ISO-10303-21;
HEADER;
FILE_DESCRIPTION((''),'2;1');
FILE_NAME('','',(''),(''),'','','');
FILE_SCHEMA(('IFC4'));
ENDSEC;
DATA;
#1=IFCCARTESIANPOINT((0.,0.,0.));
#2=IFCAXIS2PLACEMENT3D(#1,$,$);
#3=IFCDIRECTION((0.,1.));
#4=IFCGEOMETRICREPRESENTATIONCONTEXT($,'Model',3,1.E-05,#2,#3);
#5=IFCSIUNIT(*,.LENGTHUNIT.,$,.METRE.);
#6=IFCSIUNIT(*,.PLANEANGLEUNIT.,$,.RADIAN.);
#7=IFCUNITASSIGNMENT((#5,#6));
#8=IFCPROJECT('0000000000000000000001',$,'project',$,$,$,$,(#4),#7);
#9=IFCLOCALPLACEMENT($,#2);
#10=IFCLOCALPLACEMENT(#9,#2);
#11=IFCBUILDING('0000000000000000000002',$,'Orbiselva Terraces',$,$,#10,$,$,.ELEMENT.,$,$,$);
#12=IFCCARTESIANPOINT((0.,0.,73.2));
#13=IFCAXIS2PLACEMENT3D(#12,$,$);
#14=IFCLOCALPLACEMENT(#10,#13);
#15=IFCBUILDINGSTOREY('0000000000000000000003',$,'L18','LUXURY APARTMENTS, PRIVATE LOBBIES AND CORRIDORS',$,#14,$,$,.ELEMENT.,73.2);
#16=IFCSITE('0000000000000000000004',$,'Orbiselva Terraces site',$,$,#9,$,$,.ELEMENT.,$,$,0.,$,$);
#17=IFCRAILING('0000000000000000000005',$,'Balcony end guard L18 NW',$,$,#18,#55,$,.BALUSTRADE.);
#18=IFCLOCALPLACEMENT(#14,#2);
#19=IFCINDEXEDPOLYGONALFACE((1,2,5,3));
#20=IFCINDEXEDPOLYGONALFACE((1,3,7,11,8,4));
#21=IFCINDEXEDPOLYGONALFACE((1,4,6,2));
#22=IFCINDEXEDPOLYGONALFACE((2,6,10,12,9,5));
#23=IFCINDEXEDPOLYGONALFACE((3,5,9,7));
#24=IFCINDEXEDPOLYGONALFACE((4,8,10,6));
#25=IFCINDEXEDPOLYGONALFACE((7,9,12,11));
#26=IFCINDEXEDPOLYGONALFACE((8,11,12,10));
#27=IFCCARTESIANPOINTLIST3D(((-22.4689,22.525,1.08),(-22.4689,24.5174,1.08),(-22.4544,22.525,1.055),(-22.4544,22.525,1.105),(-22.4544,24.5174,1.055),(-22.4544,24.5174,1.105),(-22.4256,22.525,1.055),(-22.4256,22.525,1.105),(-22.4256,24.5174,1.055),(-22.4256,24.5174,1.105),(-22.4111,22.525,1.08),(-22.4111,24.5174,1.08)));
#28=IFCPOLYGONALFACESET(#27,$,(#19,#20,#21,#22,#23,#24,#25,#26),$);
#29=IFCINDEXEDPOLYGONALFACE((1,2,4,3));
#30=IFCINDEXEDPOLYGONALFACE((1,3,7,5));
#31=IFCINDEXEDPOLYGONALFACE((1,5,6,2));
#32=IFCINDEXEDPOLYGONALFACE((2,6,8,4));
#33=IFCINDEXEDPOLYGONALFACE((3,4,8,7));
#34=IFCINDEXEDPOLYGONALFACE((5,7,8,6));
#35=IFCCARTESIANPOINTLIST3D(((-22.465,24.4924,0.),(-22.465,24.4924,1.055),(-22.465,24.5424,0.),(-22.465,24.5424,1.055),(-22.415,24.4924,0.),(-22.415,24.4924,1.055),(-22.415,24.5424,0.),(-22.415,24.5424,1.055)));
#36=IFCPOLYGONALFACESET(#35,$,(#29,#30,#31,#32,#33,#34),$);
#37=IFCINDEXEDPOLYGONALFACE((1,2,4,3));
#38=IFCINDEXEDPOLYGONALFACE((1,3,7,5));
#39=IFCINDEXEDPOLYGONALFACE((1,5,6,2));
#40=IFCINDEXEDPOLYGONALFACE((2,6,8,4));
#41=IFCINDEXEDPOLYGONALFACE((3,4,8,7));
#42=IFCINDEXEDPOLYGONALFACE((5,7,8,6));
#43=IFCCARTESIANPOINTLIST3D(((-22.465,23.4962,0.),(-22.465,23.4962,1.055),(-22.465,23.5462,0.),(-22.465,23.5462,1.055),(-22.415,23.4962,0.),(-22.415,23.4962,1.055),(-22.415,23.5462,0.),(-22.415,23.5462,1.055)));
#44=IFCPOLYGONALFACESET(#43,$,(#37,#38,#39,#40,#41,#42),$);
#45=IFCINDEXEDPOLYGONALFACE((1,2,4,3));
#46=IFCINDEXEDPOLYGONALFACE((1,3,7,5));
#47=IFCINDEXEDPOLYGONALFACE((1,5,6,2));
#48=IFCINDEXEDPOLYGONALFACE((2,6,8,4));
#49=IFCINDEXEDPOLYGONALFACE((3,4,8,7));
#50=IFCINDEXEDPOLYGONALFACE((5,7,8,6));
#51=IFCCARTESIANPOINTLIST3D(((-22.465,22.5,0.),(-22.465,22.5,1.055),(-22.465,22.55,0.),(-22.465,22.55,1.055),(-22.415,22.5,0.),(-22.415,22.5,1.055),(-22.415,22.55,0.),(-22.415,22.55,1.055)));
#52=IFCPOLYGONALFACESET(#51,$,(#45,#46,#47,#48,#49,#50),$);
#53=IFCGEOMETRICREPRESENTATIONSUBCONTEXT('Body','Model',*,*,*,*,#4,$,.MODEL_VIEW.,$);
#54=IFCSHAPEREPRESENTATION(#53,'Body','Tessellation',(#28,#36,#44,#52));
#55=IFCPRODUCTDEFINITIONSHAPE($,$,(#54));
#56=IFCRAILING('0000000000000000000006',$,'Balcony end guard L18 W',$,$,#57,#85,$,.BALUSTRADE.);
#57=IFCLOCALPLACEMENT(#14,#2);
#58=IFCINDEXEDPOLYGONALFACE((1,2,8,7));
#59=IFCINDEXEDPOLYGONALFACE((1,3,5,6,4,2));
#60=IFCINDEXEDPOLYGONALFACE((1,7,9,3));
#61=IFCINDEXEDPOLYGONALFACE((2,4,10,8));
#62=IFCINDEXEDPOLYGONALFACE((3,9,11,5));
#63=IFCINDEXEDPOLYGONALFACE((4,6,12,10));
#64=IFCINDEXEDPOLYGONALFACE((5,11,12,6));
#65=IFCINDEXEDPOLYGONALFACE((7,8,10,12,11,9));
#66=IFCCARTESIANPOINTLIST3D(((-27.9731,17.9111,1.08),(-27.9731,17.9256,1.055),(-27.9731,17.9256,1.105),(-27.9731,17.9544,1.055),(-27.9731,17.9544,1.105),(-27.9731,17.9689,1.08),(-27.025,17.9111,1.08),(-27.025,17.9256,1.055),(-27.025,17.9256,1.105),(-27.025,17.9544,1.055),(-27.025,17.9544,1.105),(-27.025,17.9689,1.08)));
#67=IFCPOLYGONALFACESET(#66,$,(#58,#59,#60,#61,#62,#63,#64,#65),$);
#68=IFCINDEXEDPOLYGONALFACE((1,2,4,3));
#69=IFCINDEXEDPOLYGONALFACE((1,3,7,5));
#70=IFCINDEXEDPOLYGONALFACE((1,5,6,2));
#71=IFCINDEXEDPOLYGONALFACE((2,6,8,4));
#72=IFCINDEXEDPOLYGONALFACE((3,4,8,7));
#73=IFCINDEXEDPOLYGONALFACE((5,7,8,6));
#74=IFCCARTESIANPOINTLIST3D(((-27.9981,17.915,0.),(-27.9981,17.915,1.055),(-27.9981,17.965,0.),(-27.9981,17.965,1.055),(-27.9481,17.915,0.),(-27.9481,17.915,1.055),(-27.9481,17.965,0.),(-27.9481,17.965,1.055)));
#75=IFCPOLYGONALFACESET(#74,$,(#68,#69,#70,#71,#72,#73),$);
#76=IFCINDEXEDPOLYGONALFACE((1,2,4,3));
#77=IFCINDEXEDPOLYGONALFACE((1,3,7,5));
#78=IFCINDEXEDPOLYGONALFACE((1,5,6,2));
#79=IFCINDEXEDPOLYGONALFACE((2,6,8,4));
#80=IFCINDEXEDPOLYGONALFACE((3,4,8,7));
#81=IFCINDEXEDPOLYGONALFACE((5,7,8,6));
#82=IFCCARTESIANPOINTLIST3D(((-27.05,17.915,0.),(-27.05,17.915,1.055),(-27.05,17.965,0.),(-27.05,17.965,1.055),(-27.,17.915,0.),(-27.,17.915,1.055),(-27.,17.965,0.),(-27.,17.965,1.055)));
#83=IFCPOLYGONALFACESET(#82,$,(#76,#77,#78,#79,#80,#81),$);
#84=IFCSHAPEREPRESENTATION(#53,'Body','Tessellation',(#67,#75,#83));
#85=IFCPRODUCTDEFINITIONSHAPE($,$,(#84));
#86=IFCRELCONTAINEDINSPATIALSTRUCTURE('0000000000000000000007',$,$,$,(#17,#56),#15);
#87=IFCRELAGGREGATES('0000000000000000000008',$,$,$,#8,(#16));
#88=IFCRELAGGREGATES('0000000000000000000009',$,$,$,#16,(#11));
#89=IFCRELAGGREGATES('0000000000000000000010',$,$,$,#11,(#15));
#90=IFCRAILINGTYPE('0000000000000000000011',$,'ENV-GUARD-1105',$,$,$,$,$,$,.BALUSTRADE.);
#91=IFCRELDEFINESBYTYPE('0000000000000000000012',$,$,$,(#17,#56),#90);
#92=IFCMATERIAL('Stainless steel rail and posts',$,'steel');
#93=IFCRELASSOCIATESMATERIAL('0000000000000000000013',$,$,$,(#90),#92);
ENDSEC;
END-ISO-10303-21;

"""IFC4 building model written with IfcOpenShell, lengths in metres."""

from ifc_helpers import new_model, si_unit, direction, frame, origin, origin_2d, place, context, subcontext, project, spatial, polyline, rectangle, outline, extrude, material, type_object, element, save


model = new_model("IFC4")

# Units and contexts
model_context = context("Model", 3, precision=1e-05, world=origin(), true_north=direction((0.0, 1.0)))
body_context = subcontext(model_context, "Body", "Model", "MODEL_VIEW")
ifc_project = project(units=[si_unit("LENGTHUNIT", "METRE"), si_unit("PLANEANGLEUNIT", "RADIAN")], contexts=[model_context])

# Site, building, storey
site_placement = place(None, origin())
site = spatial("IfcSite", under=ifc_project, at=site_placement, Name="Orbiselva Terraces site", CompositionType="ELEMENT", RefElevation=0.0)
building_placement = place(site_placement, origin())
building = spatial("IfcBuilding", under=site, at=building_placement, Name="Orbiselva Terraces", CompositionType="ELEMENT")
storey_placement = place(building_placement, frame((0.0, 0.0, 73.2)))
storey = spatial("IfcBuildingStorey", under=building, at=storey_placement, Name="L18", Description="LUXURY APARTMENTS, PRIVATE LOBBIES AND CORRIDORS", CompositionType="ELEMENT", Elevation=73.2)

# Railings
ifc_material_1 = material(Name="Stainless steel rail and posts", Category="steel")
railing_type_1 = type_object("IfcRailingType", Name="ENV-GUARD-1105", PredefinedType="BALUSTRADE", material=ifc_material_1)
railing_1_placement = place(storey_placement, frame((-22.44, 24.5174, 0.0)))
element("IfcRailing", 1, at=railing_1_placement, inside=storey, type_object=railing_type_1, Name="Balcony end guard L18 NW", PredefinedType="BALUSTRADE", context=body_context, shape_type="SweptSolid", body=[
    extrude(outline(polyline([(0.0289, 0.0), (0.0144, 0.025), (-0.0144, 0.025), (-0.0289, 0.0), (-0.0144, -0.025), (0.0144, -0.025), (0.0289, 0.0)])), frame((0.0, 0.0, 1.08), z_axis=(0.0, -1.0, 0.0), x_axis=(1.0, 0.0, 0.0)), (0.0, 0.0, 1.0), 1.9924),
    extrude(rectangle(XDim=0.05, YDim=0.05, at=origin_2d()), origin(), (0.0, 0.0, 1.0), 1.055),
    extrude(rectangle(XDim=0.05, YDim=0.05, at=origin_2d()), frame((0.0, -0.9962, 0.0)), (0.0, 0.0, 1.0), 1.055),
    extrude(rectangle(XDim=0.05, YDim=0.05, at=origin_2d()), frame((0.0, -1.9924, 0.0)), (0.0, 0.0, 1.0), 1.055),
])
railing_2_placement = place(storey_placement, frame((-27.9731, 17.94, 0.0)))
element("IfcRailing", 2, at=railing_2_placement, inside=storey, type_object=railing_type_1, Name="Balcony end guard L18 W", PredefinedType="BALUSTRADE", context=body_context, shape_type="SweptSolid", body=[
    extrude(outline(polyline([(0.0289, 0.0), (0.0144, 0.025), (-0.0144, 0.025), (-0.0289, 0.0), (-0.0144, -0.025), (0.0144, -0.025), (0.0289, 0.0)])), frame((0.0, 0.0, 1.08), z_axis=(1.0, 0.0, 0.0), x_axis=(0.0, 1.0, 0.0)), (0.0, 0.0, 1.0), 0.9481),
    extrude(rectangle(XDim=0.05, YDim=0.05, at=origin_2d()), origin(), (0.0, 0.0, 1.0), 1.055),
    extrude(rectangle(XDim=0.05, YDim=0.05, at=origin_2d()), frame((0.9481, 0.0, 0.0)), (0.0, 0.0, 1.0), 1.055),
])

save(model, "model.ifc")
